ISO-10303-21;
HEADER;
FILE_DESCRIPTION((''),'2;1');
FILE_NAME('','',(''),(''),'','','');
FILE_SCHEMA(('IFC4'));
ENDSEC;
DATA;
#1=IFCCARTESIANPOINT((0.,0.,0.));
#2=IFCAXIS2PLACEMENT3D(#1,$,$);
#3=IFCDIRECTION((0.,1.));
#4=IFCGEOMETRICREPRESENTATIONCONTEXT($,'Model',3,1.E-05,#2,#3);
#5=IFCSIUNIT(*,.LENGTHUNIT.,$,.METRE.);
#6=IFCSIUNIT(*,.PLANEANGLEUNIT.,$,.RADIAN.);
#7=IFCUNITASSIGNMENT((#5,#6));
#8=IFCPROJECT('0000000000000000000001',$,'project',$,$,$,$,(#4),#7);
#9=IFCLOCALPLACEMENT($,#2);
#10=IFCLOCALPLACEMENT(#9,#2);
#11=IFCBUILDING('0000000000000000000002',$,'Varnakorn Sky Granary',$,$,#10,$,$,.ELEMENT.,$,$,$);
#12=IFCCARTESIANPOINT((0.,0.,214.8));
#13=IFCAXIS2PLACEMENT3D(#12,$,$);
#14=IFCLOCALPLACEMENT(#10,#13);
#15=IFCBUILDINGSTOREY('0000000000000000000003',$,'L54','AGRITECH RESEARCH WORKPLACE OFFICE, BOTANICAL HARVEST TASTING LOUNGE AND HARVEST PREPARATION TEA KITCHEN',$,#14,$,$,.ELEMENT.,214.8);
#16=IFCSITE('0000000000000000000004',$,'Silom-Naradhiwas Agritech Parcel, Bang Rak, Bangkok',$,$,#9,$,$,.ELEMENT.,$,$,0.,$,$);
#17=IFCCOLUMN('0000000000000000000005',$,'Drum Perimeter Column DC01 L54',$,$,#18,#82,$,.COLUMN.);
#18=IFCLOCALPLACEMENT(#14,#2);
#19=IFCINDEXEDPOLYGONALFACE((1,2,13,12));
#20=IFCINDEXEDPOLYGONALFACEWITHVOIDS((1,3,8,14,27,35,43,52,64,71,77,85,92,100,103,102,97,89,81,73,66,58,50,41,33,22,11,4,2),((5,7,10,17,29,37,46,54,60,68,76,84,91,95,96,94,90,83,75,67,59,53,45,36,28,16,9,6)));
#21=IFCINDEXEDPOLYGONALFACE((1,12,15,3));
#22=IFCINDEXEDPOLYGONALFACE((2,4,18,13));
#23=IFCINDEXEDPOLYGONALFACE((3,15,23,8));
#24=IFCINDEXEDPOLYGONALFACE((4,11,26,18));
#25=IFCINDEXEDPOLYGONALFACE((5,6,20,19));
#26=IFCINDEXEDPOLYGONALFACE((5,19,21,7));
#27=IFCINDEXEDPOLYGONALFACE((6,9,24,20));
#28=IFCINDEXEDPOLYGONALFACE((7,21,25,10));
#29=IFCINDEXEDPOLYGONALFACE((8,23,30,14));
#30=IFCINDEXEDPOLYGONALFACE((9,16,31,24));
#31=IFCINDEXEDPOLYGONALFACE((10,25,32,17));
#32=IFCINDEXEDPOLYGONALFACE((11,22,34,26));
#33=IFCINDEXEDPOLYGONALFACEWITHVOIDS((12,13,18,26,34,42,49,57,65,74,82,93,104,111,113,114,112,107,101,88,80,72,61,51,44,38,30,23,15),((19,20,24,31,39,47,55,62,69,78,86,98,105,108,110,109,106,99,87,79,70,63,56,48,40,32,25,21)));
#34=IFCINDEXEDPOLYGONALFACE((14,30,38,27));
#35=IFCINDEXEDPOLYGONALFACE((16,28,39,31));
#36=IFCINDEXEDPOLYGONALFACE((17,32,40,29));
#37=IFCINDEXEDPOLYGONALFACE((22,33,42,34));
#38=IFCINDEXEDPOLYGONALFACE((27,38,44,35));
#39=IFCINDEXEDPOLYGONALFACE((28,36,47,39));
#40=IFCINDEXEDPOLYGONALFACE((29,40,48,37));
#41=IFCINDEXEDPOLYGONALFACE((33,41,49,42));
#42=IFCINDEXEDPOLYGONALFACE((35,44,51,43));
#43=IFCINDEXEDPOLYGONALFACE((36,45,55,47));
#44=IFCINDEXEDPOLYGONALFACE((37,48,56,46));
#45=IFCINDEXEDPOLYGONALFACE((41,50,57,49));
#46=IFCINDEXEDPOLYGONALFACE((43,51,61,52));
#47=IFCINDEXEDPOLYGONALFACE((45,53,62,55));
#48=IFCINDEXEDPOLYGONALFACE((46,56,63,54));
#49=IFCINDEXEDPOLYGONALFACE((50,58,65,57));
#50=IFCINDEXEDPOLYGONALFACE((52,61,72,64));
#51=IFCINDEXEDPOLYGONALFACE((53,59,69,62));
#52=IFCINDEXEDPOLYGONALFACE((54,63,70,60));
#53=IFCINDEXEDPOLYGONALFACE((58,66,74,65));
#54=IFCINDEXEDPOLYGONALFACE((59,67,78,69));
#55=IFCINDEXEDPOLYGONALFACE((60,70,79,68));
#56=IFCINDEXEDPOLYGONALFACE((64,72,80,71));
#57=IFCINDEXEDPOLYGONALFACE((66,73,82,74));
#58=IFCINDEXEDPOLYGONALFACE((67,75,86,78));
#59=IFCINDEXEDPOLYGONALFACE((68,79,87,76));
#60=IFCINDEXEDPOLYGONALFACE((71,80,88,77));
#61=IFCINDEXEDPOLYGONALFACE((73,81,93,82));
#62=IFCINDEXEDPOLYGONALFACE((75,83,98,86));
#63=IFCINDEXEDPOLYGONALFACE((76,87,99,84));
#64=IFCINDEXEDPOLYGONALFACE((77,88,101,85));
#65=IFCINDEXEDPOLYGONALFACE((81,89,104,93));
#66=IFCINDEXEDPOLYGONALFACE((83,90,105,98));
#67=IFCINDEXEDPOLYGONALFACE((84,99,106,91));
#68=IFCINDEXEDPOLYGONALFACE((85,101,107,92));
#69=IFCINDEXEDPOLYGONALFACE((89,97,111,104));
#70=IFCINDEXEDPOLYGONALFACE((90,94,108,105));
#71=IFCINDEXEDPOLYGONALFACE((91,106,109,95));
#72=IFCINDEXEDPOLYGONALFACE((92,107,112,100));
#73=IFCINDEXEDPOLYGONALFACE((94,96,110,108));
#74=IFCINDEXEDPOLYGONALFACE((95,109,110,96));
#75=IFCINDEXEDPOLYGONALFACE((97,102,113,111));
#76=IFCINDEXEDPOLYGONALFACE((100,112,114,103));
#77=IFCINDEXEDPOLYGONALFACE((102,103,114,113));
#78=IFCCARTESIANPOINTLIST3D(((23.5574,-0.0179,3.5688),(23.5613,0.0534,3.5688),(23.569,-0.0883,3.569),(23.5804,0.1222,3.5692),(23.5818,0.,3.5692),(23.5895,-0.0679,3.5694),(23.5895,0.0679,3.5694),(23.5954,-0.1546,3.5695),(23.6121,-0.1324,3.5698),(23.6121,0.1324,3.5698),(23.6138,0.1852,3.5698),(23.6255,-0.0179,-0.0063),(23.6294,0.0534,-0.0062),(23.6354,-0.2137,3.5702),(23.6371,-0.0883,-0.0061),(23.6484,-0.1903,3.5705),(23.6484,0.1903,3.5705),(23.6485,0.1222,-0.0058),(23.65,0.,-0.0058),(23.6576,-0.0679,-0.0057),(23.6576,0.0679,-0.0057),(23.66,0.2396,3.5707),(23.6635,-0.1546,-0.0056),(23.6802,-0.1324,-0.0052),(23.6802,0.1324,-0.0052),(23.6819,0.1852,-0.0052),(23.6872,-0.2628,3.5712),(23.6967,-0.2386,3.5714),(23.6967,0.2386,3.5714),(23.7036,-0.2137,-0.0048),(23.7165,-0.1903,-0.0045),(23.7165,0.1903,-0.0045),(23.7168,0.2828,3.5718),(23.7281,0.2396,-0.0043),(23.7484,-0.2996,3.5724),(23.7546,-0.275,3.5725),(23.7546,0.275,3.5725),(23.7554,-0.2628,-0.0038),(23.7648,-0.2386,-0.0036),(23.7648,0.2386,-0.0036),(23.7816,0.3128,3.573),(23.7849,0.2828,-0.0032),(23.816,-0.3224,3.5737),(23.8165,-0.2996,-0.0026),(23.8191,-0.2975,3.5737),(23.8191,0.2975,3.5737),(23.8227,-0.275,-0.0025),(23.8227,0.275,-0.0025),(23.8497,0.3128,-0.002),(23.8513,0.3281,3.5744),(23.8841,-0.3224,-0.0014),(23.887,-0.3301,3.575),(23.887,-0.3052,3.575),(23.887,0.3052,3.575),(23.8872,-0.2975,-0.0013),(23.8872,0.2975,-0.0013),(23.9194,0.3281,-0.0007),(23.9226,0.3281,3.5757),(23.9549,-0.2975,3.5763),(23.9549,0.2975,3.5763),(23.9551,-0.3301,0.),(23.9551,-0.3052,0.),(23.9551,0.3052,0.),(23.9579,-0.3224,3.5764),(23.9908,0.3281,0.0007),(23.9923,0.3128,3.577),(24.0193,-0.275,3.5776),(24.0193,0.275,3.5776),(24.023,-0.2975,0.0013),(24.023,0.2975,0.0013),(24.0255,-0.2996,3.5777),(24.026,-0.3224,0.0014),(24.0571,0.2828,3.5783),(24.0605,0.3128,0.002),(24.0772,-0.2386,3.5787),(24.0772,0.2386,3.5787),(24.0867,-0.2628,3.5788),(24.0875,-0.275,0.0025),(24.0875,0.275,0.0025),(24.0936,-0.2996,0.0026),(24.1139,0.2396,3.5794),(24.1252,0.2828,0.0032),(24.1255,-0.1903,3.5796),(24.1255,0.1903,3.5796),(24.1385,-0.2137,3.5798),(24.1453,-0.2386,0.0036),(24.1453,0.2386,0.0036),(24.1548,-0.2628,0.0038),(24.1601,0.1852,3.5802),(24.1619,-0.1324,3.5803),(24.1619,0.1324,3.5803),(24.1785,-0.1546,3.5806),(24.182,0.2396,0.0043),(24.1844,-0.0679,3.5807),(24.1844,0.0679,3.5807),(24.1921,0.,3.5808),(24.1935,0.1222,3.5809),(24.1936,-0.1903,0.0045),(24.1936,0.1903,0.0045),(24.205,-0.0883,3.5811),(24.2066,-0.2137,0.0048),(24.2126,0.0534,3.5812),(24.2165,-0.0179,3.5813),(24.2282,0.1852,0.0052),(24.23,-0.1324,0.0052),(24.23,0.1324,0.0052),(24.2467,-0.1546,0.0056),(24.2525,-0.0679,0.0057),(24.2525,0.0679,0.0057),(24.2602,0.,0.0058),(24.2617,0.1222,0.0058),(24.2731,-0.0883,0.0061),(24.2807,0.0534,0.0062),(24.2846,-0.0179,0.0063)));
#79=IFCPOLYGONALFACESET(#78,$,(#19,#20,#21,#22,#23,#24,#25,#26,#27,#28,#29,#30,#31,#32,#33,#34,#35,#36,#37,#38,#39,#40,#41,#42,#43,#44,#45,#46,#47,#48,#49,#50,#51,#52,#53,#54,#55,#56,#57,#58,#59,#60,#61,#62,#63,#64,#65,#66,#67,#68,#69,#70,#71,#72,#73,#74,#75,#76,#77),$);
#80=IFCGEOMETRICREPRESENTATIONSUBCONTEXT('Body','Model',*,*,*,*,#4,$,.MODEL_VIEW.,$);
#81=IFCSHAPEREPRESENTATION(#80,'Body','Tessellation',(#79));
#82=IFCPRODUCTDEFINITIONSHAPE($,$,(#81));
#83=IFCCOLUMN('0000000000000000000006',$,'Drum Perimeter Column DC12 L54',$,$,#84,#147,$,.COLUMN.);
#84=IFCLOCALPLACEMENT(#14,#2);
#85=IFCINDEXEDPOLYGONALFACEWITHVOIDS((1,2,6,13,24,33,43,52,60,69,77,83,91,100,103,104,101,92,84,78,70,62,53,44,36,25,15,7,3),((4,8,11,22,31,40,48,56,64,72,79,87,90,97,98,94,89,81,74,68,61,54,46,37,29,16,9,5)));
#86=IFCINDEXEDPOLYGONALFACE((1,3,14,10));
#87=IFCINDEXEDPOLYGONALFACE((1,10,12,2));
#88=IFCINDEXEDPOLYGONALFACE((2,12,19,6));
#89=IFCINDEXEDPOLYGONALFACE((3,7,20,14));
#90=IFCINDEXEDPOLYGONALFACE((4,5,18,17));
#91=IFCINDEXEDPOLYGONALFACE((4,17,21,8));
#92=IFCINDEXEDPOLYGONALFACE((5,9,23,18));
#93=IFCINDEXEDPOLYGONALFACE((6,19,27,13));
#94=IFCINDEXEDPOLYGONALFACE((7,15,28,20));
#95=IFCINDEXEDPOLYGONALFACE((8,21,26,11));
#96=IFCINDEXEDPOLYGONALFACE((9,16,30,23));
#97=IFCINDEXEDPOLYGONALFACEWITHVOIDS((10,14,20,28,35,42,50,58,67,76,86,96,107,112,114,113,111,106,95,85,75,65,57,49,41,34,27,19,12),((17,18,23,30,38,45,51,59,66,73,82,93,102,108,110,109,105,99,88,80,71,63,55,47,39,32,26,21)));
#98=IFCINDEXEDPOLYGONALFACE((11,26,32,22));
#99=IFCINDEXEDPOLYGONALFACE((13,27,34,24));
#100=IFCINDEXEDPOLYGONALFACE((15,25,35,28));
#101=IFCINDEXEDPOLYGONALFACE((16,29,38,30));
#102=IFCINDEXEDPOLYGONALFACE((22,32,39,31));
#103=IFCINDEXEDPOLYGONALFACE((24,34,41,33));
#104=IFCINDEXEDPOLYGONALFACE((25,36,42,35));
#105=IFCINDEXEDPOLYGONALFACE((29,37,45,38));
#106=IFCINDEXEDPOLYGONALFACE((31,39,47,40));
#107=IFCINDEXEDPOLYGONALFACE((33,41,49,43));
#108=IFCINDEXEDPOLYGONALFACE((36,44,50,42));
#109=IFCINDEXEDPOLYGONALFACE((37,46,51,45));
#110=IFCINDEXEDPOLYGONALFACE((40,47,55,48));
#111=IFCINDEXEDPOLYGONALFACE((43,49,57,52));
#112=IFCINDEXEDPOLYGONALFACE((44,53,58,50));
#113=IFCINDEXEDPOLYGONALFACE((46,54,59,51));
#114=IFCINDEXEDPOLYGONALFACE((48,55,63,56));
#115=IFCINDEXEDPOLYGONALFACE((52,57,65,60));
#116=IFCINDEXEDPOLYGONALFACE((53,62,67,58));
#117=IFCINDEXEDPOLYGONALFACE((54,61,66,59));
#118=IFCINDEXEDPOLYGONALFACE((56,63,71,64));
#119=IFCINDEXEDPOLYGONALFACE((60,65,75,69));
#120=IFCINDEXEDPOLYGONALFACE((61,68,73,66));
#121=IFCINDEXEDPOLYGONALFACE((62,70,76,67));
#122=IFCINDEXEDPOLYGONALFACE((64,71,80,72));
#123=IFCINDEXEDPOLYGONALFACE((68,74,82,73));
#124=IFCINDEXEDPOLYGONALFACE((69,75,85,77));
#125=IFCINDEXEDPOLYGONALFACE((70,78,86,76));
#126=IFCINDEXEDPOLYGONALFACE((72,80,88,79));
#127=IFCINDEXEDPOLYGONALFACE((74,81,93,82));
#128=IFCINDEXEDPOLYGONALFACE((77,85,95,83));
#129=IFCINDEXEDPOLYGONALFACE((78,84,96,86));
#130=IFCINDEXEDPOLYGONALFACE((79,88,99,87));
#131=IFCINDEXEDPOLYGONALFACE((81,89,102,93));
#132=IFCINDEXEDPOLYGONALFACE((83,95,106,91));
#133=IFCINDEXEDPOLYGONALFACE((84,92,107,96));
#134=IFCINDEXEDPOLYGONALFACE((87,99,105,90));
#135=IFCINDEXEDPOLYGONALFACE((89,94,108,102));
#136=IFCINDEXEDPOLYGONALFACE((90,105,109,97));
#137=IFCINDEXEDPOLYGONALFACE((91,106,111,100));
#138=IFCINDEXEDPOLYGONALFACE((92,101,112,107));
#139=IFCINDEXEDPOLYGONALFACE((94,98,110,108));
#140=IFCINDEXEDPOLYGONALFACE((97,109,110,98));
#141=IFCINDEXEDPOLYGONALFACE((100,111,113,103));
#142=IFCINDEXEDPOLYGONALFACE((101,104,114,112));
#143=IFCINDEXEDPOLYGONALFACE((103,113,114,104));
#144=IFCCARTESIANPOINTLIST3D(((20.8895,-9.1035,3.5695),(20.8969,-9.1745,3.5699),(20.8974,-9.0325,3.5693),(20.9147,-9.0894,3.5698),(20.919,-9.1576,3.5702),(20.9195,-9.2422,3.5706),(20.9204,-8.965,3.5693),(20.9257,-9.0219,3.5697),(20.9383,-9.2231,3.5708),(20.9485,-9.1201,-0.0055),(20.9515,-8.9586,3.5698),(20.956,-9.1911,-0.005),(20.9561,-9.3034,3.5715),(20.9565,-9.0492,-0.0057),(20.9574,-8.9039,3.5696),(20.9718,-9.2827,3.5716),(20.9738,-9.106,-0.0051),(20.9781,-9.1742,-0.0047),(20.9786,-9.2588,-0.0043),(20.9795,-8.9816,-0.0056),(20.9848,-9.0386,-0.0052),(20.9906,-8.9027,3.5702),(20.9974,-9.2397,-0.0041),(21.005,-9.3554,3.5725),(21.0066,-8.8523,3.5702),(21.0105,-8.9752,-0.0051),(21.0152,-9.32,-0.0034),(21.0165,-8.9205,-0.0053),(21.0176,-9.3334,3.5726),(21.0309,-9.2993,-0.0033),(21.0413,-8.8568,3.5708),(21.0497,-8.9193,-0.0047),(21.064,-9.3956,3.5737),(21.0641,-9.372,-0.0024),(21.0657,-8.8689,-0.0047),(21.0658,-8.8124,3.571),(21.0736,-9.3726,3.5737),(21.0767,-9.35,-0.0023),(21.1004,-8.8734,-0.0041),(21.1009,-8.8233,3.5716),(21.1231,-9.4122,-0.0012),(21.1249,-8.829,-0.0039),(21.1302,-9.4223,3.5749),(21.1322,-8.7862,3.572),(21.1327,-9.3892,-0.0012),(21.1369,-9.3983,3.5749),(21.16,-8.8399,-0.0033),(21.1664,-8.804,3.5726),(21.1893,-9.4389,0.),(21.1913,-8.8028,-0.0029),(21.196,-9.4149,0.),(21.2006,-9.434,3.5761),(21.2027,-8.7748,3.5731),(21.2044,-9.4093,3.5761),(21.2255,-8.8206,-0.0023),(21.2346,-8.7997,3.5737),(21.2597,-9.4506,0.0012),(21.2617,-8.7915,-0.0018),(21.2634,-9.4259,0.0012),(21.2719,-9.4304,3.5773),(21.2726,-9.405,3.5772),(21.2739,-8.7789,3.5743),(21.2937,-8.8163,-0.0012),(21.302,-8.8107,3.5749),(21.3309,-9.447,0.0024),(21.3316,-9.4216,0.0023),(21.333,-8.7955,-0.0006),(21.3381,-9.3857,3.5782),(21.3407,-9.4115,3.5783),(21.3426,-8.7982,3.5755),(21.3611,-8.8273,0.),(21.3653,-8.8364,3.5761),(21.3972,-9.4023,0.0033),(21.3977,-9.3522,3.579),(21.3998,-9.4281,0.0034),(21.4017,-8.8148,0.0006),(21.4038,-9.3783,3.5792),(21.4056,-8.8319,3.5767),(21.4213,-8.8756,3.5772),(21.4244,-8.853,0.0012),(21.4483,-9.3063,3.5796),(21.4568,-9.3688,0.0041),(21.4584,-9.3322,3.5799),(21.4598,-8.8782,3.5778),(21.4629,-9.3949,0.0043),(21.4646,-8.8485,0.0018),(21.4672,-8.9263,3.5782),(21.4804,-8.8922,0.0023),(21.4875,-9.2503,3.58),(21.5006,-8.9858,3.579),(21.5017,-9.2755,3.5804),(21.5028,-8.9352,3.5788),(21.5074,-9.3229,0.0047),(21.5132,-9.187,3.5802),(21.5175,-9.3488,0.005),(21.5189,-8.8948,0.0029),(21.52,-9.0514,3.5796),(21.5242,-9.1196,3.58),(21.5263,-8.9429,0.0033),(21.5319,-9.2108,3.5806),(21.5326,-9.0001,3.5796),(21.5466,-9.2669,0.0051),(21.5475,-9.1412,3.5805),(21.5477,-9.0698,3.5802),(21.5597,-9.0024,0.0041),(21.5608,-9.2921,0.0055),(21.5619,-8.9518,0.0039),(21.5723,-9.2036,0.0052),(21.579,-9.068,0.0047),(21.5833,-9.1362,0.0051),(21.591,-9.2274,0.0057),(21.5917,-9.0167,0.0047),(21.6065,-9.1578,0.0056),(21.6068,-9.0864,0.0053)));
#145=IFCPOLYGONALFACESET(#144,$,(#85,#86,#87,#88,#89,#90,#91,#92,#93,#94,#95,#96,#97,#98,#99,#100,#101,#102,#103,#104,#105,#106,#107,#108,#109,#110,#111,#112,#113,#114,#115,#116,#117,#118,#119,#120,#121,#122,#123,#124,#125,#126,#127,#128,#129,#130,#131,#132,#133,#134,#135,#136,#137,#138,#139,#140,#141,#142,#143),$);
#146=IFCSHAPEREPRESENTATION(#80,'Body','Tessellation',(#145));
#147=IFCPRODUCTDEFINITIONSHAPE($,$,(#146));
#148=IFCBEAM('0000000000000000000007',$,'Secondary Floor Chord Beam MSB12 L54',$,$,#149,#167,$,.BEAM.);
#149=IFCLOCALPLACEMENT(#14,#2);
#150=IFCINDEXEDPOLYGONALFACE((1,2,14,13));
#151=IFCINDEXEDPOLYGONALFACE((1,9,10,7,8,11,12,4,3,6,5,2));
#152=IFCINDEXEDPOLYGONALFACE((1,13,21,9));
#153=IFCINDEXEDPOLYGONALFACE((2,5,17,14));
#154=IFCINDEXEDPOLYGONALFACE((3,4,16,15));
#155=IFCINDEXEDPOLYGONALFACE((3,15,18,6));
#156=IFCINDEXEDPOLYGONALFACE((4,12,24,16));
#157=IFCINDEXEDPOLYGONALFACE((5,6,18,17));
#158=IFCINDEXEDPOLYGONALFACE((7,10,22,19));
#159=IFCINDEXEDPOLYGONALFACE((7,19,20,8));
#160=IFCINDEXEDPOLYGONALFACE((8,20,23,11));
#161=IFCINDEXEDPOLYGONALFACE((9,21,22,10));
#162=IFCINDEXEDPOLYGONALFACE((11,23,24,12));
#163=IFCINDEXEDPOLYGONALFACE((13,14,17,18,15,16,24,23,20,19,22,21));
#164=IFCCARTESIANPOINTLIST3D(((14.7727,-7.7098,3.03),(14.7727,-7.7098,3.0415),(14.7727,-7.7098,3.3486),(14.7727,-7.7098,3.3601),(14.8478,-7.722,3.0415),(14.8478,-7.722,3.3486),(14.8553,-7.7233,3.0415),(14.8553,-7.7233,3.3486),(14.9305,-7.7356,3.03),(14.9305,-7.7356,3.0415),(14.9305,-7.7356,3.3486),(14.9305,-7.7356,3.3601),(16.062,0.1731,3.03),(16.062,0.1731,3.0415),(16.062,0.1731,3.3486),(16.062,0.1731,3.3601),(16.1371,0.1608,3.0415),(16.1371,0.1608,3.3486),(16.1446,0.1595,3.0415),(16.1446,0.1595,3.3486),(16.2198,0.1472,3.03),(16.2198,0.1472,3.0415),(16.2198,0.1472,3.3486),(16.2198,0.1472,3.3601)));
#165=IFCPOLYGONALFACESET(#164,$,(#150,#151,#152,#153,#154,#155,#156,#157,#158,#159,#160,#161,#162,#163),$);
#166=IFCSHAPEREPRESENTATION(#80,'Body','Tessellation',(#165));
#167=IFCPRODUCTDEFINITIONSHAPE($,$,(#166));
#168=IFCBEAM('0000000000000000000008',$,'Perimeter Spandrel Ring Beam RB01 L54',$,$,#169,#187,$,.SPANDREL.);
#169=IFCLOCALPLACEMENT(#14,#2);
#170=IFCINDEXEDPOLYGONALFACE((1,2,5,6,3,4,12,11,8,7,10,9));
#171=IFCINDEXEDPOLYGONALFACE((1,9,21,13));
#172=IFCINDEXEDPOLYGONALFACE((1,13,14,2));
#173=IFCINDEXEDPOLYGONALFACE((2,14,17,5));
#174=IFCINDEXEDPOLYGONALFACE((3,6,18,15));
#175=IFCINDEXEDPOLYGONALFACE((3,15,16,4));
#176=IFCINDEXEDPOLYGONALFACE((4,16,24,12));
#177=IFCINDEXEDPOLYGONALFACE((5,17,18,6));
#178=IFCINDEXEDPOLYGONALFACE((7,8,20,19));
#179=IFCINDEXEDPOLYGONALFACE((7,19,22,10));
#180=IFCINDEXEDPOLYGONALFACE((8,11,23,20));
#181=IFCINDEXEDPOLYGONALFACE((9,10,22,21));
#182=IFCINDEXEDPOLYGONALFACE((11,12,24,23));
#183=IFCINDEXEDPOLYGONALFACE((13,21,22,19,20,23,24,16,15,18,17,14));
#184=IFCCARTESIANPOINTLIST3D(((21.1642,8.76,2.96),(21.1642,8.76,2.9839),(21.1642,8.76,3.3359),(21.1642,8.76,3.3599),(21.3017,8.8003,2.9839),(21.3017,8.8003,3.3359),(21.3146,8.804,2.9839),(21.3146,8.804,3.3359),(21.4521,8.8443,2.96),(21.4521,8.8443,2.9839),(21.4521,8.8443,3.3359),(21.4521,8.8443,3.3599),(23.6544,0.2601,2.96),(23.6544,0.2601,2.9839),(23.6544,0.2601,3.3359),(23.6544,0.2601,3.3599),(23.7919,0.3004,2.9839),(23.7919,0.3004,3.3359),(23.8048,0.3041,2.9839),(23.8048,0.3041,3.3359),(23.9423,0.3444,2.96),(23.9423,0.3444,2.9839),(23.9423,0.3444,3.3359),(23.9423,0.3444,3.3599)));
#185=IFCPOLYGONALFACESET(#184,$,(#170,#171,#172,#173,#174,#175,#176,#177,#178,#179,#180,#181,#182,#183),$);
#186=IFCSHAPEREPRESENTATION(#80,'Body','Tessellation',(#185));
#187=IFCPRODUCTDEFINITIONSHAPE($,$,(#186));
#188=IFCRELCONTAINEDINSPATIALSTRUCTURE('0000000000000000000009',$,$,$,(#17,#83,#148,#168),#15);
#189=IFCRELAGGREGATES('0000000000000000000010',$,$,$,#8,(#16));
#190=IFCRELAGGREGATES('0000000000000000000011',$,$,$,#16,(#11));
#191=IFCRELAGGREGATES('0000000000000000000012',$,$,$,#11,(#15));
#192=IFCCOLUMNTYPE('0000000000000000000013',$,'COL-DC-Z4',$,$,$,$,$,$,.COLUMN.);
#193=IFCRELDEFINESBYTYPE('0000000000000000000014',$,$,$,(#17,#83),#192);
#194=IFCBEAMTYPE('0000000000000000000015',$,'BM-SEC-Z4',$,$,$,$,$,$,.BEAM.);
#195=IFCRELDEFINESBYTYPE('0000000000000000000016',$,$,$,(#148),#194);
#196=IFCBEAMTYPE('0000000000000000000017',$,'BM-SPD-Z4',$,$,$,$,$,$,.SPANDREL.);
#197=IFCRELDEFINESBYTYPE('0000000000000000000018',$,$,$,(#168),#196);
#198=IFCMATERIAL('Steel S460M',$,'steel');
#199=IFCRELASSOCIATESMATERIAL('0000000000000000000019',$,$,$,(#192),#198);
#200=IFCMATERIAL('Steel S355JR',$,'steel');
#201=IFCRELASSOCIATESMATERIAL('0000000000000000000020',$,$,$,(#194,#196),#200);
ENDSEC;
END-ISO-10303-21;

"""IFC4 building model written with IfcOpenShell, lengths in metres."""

from ifc_helpers import new_model, si_unit, direction, frame, origin, origin_2d, place, context, subcontext, project, spatial, hollow_circle, i_section, extrude, material, material_profile, profile_set, type_object, element, save


model = new_model("IFC4")

# Units and contexts
model_context = context("Model", 3, precision=1e-05, world=origin(), true_north=direction((0.0, 1.0)))
body_context = subcontext(model_context, "Body", "Model", "MODEL_VIEW")
ifc_project = project(units=[si_unit("LENGTHUNIT", "METRE"), si_unit("PLANEANGLEUNIT", "RADIAN")], contexts=[model_context])

# Site, building, storey
site_placement = place(None, origin())
site = spatial("IfcSite", under=ifc_project, at=site_placement, Name="Silom-Naradhiwas Agritech Parcel, Bang Rak, Bangkok", CompositionType="ELEMENT", RefElevation=0.0)
building_placement = place(site_placement, origin())
building = spatial("IfcBuilding", under=site, at=building_placement, Name="Varnakorn Sky Granary", CompositionType="ELEMENT")
storey_placement = place(building_placement, frame((0.0, 0.0, 214.8)))
storey = spatial("IfcBuildingStorey", under=building, at=storey_placement, Name="L54", Description="AGRITECH RESEARCH WORKPLACE OFFICE, BOTANICAL HARVEST TASTING LOUNGE AND HARVEST PREPARATION TEA KITCHEN", CompositionType="ELEMENT", Elevation=214.8)

# Columns
ifc_material_1 = material(Name="Steel S460M", Category="steel")
ifc_material_profile_1 = material_profile(ifc_material_1, hollow_circle(Radius=0.3301, WallThickness=0.0249, at=origin_2d()), Name="CHS 660x25")
ifc_profile_set_1 = profile_set([ifc_material_profile_1], Name="Steel S460M")
column_type = type_object("IfcColumnType", Name="COL-DC-Z4", PredefinedType="COLUMN", material=ifc_profile_set_1)
column_1_placement = place(storey_placement, frame((23.9551, 0.0, 0.0), z_axis=(-0.01905, 0.0, 0.999819), x_axis=(0.0, -1.0, 0.0)))
element("IfcColumn", 1, at=column_1_placement, inside=storey, type_object=column_type, Name="Drum Perimeter Column DC01 L54", PredefinedType="COLUMN", context=body_context, shape_type="SweptSolid", body=[
    extrude(hollow_circle(Radius=0.3301, WallThickness=0.0249, at=origin_2d()), origin(), (0.0, 0.0, 1.0), 3.5757),
])
column_2_placement = place(storey_placement, frame((21.2786, -9.1211, 0.0), z_axis=(-0.016524, 0.004643, 0.999853), x_axis=(-0.270515, -0.962716, 0.0)))
element("IfcColumn", 2, at=column_2_placement, inside=storey, type_object=column_type, Name="Drum Perimeter Column DC12 L54", PredefinedType="COLUMN", context=body_context, shape_type="SweptSolid", body=[
    extrude(hollow_circle(Radius=0.3301, WallThickness=0.0249, at=origin_2d()), origin(), (0.0, 0.0, 1.0), 3.5754),
])

# Beams
ifc_material_2 = material(Name="Steel S355JR", Category="steel")
ifc_material_profile_2 = material_profile(ifc_material_2, i_section(OverallWidth=0.1599, OverallDepth=0.3301, WebThickness=0.0076, FlangeThickness=0.0115, at=origin_2d()), Name="IPE 330")
ifc_profile_set_2 = profile_set([ifc_material_profile_2], Name="Steel S355JR")
beam_type_1 = type_object("IfcBeamType", Name="BM-SEC-Z4", PredefinedType="BEAM", material=ifc_profile_set_2)
beam_placement = place(storey_placement, frame((14.8516, -7.7227, 3.1951), z_axis=(0.161414, 0.986887, 0.0), x_axis=(-0.986887, 0.161414, 0.0)))
element("IfcBeam", 3, at=beam_placement, inside=storey, type_object=beam_type_1, Name="Secondary Floor Chord Beam MSB12 L54", PredefinedType="BEAM", context=body_context, shape_type="SweptSolid", body=[
    extrude(i_section(OverallWidth=0.1599, OverallDepth=0.3301, WebThickness=0.0076, FlangeThickness=0.0115, at=origin_2d()), origin(), (0.0, 0.0, 1.0), 7.9875),
])
ifc_material_profile_3 = material_profile(ifc_material_2, i_section(OverallWidth=0.3, OverallDepth=0.3999, WebThickness=0.0134, FlangeThickness=0.0239, at=origin_2d()), Name="HE 400 B")
ifc_profile_set_3 = profile_set([ifc_material_profile_3], Name="Steel S355JR")
beam_type_2 = type_object("IfcBeamType", Name="BM-SPD-Z4", PredefinedType="SPANDREL", material=ifc_profile_set_3)
for number, where, z_axis, x_axis, name in (
    (4, (23.7983, 0.3022, 3.1599), (-0.281151, 0.959663, 0.0), (-0.959663, -0.281151, 0.0), "Perimeter Spandrel Ring Beam RB01 L54"),
):
    element("IfcBeam", number, at=place(storey_placement, frame(where, z_axis=z_axis, x_axis=x_axis)), inside=storey, type_object=beam_type_2, Name=name, PredefinedType="SPANDREL", context=body_context, shape_type="SweptSolid", body=[
        extrude(i_section(OverallWidth=0.3, OverallDepth=0.3999, WebThickness=0.0134, FlangeThickness=0.0239, at=origin_2d()), origin(), (0.0, 0.0, 1.0), 8.8572),
    ])

save(model, "model.ifc")
